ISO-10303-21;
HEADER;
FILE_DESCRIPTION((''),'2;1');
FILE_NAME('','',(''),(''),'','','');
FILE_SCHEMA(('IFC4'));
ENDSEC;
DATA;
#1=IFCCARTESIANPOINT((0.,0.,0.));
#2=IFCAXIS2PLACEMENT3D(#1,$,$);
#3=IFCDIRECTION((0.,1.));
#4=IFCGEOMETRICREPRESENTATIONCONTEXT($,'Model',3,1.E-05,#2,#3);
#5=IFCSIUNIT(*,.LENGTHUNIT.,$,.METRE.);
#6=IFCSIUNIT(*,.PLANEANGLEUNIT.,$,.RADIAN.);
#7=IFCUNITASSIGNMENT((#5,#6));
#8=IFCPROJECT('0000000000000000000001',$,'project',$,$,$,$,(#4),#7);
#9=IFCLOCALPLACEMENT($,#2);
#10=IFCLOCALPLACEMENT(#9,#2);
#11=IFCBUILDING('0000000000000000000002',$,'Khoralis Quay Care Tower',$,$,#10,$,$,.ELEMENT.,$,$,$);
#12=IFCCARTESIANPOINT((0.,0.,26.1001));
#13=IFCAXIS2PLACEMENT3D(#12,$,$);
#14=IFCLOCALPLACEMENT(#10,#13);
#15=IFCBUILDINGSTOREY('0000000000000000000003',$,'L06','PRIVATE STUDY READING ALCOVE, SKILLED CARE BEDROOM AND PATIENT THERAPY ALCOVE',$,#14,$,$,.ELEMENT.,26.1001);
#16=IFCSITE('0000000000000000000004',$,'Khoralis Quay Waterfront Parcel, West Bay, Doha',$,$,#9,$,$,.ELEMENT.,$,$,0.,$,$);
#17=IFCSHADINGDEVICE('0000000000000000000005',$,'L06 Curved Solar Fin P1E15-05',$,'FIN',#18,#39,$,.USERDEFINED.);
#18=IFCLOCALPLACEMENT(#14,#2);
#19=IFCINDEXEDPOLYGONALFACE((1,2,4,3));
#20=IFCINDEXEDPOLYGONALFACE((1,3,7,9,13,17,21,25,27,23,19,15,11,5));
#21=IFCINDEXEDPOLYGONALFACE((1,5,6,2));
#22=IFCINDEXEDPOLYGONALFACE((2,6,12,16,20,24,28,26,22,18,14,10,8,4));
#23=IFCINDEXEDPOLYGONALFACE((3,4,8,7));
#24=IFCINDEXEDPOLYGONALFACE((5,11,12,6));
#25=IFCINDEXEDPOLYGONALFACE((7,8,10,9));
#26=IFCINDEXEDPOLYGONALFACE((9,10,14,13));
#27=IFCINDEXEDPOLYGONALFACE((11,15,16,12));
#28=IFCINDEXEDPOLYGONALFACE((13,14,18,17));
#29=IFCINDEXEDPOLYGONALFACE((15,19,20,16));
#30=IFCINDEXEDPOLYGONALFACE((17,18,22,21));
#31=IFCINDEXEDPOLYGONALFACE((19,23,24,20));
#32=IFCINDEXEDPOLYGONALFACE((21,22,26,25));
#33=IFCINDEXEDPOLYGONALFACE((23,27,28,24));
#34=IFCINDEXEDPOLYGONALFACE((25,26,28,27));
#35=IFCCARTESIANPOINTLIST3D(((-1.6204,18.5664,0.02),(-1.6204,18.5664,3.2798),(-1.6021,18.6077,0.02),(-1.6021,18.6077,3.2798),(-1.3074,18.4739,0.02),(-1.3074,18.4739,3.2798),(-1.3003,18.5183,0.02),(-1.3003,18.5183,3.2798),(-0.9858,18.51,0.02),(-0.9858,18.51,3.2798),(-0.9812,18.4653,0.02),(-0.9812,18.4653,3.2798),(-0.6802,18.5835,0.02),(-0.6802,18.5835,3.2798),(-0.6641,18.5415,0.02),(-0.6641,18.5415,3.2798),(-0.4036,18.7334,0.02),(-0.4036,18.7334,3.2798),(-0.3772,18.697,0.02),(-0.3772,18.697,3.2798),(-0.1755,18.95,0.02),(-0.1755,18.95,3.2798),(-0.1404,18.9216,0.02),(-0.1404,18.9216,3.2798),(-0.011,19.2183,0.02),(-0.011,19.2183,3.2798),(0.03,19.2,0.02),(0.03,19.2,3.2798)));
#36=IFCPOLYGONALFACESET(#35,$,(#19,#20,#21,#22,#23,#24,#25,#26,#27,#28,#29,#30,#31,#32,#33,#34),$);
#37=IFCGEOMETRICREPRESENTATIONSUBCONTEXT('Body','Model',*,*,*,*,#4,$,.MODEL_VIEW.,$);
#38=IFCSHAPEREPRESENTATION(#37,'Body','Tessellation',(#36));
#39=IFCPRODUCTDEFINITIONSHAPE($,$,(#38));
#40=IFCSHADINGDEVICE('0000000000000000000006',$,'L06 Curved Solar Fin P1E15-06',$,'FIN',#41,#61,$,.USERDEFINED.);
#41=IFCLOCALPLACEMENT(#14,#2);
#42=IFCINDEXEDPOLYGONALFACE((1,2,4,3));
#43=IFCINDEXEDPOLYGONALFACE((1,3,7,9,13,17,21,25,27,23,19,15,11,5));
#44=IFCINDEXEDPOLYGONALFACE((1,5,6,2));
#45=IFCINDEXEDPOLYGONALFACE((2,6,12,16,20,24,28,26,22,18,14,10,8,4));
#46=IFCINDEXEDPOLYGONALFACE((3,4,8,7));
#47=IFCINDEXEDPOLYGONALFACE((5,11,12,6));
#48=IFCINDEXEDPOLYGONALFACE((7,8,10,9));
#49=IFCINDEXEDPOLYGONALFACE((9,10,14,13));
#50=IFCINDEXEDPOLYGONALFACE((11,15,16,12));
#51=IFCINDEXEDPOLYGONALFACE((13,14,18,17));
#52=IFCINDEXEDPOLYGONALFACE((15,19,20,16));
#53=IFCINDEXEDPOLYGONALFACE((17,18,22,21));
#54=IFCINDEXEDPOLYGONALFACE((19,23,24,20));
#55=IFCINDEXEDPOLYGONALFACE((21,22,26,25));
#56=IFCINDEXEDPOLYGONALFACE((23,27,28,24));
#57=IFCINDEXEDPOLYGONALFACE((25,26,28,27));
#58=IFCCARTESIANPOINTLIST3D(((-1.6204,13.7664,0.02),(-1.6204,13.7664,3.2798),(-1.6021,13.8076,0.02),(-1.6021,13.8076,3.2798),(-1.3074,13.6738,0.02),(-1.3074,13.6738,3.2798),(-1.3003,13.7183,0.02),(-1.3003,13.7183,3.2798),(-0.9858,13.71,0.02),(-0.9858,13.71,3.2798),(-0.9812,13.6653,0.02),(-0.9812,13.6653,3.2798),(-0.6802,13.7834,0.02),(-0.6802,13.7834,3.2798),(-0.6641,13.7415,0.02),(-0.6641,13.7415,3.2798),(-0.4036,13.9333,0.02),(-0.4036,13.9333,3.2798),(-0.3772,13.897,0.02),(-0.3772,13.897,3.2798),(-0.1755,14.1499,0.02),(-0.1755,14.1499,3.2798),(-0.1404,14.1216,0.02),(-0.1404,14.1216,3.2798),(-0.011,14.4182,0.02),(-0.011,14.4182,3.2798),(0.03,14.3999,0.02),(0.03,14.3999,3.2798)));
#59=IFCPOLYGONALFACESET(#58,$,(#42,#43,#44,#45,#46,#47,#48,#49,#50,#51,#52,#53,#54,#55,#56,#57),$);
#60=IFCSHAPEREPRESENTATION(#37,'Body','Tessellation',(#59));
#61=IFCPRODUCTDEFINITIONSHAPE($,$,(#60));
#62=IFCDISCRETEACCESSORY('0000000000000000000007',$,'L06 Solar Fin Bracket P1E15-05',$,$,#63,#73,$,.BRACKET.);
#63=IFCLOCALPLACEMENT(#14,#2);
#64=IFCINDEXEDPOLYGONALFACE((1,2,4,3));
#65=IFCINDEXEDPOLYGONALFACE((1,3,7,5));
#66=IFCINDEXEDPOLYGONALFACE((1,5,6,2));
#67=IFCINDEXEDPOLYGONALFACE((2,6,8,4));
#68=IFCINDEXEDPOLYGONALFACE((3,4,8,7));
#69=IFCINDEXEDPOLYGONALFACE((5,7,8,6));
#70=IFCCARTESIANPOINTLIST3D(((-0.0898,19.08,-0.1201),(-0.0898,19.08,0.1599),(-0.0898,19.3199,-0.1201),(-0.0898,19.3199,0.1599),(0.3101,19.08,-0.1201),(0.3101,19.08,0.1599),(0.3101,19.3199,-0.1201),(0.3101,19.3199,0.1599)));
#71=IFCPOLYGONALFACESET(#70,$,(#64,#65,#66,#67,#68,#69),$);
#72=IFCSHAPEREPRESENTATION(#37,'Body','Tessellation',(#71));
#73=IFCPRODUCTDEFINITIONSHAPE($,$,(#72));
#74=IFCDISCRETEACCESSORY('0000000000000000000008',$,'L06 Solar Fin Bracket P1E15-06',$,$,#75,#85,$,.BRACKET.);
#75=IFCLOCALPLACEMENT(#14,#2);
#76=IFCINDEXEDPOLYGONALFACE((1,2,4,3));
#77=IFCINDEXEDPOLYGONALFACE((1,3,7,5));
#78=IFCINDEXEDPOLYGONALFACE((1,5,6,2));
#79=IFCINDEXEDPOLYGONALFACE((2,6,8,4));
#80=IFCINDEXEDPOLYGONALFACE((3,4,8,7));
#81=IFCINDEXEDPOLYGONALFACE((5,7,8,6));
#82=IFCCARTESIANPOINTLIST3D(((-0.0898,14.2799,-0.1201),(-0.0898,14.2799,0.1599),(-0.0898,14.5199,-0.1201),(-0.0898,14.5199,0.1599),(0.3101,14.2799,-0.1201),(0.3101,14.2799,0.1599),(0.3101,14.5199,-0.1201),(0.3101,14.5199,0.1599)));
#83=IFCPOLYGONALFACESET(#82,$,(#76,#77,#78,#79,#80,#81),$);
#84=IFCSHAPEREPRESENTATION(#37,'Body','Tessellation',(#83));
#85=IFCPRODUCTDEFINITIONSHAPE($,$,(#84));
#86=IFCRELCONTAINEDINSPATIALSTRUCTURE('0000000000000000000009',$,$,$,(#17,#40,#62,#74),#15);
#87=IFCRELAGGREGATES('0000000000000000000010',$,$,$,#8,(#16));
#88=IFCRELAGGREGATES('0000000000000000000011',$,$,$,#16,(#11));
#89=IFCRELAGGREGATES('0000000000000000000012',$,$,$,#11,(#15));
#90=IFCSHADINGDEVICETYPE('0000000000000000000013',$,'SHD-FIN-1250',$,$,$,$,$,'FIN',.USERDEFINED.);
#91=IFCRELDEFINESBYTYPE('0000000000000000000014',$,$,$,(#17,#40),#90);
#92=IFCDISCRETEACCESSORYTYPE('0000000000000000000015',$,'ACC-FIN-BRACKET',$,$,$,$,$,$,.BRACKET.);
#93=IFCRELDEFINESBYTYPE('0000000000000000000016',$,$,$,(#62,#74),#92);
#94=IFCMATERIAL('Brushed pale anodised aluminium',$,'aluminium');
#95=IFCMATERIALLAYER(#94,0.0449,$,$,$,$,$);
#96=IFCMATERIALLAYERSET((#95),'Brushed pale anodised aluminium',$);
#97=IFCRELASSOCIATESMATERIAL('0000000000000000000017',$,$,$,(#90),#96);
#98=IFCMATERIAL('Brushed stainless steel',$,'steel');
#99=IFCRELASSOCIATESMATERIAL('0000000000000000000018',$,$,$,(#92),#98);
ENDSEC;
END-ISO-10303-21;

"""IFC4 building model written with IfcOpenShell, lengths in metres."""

from ifc_helpers import new_model, si_unit, direction, frame, origin, origin_2d, place, context, subcontext, project, spatial, polyline, rectangle, outline, extrude, source, transform, mapped, material, layer, layer_set, type_object, element, save


model = new_model("IFC4")

# Units and contexts
model_context = context("Model", 3, precision=1e-05, world=origin(), true_north=direction((0.0, 1.0)))
body_context = subcontext(model_context, "Body", "Model", "MODEL_VIEW")
ifc_project = project(units=[si_unit("LENGTHUNIT", "METRE"), si_unit("PLANEANGLEUNIT", "RADIAN")], contexts=[model_context])

# Site, building, storey
site_placement = place(None, origin())
site = spatial("IfcSite", under=ifc_project, at=site_placement, Name="Khoralis Quay Waterfront Parcel, West Bay, Doha", CompositionType="ELEMENT", RefElevation=0.0)
building_placement = place(site_placement, origin())
building = spatial("IfcBuilding", under=site, at=building_placement, Name="Khoralis Quay Care Tower", CompositionType="ELEMENT")
storey_placement = place(building_placement, frame((0.0, 0.0, 26.1001)))
storey = spatial("IfcBuildingStorey", under=building, at=storey_placement, Name="L06", Description="PRIVATE STUDY READING ALCOVE, SKILLED CARE BEDROOM AND PATIENT THERAPY ALCOVE", CompositionType="ELEMENT", Elevation=26.1001)

# Shading devices
ifc_material_1 = material(Name="Brushed pale anodised aluminium", Category="aluminium")
ifc_layer_1 = layer(ifc_material_1, 0.0449)
ifc_layer_set_1 = layer_set([ifc_layer_1], Name="Brushed pale anodised aluminium")
shading_device_type = type_object("IfcShadingDeviceType", Name="SHD-FIN-1250", ElementType="FIN", PredefinedType="USERDEFINED", material=ifc_layer_set_1)
shared_shape_1 = source(origin(), body_context, "Body", "SweptSolid", [
    extrude(outline(polyline([(0.0, 0.0), (0.1704, 0.2783), (0.4072, 0.5029), (0.6941, 0.6584), (1.0112, 0.7346), (1.3374, 0.7261), (1.6504, 0.6335), (1.6321, 0.5923), (1.3303, 0.6816), (1.0159, 0.6899), (0.7102, 0.6165), (0.4336, 0.4666), (0.2056, 0.25), (0.041, -0.0183), (0.0, 0.0)])), origin(), (0.0, 0.0, 1.0), 3.2598),
])
for number, where, z_axis, x_axis, name in (
    (1, (0.03, 19.2, 0.02), (0.0, 0.0, 1.0), (-1.0, 0.0, 0.0), "L06 Curved Solar Fin P1E15-05"),
    (2, (0.03, 14.3999, 0.02), (0.0, 0.0, 1.0), (-1.0, 0.0, 0.0), "L06 Curved Solar Fin P1E15-06"),
):
    element("IfcShadingDevice", number, at=place(storey_placement, frame(where, z_axis=z_axis, x_axis=x_axis)), inside=storey, type_object=shading_device_type, Name=name, ObjectType="FIN", PredefinedType="USERDEFINED", context=body_context, shape_type="MappedRepresentation", body=[
        mapped(shared_shape_1, transform((0.0, 0.0, 0.0), scale=1.0)),
    ])

# Discrete accessories
ifc_material_2 = material(Name="Brushed stainless steel", Category="steel")
discrete_accessory_type = type_object("IfcDiscreteAccessoryType", Name="ACC-FIN-BRACKET", PredefinedType="BRACKET", material=ifc_material_2)
shared_shape_2 = source(origin(), body_context, "Body", "SweptSolid", [
    extrude(rectangle(XDim=0.3999, YDim=0.24, at=origin_2d()), origin(), (0.0, 0.0, 1.0), 0.28),
])
for number, where, z_axis, x_axis, name in (
    (3, (0.1101, 19.2, -0.1201), (0.0, 0.0, 1.0), (-1.0, 0.0, 0.0), "L06 Solar Fin Bracket P1E15-05"),
    (4, (0.1101, 14.3999, -0.1201), (0.0, 0.0, 1.0), (-1.0, 0.0, 0.0), "L06 Solar Fin Bracket P1E15-06"),
):
    element("IfcDiscreteAccessory", number, at=place(storey_placement, frame(where, z_axis=z_axis, x_axis=x_axis)), inside=storey, type_object=discrete_accessory_type, Name=name, PredefinedType="BRACKET", context=body_context, shape_type="MappedRepresentation", body=[
        mapped(shared_shape_2, transform((0.0, 0.0, 0.0), scale=1.0)),
    ])

save(model, "model.ifc")
